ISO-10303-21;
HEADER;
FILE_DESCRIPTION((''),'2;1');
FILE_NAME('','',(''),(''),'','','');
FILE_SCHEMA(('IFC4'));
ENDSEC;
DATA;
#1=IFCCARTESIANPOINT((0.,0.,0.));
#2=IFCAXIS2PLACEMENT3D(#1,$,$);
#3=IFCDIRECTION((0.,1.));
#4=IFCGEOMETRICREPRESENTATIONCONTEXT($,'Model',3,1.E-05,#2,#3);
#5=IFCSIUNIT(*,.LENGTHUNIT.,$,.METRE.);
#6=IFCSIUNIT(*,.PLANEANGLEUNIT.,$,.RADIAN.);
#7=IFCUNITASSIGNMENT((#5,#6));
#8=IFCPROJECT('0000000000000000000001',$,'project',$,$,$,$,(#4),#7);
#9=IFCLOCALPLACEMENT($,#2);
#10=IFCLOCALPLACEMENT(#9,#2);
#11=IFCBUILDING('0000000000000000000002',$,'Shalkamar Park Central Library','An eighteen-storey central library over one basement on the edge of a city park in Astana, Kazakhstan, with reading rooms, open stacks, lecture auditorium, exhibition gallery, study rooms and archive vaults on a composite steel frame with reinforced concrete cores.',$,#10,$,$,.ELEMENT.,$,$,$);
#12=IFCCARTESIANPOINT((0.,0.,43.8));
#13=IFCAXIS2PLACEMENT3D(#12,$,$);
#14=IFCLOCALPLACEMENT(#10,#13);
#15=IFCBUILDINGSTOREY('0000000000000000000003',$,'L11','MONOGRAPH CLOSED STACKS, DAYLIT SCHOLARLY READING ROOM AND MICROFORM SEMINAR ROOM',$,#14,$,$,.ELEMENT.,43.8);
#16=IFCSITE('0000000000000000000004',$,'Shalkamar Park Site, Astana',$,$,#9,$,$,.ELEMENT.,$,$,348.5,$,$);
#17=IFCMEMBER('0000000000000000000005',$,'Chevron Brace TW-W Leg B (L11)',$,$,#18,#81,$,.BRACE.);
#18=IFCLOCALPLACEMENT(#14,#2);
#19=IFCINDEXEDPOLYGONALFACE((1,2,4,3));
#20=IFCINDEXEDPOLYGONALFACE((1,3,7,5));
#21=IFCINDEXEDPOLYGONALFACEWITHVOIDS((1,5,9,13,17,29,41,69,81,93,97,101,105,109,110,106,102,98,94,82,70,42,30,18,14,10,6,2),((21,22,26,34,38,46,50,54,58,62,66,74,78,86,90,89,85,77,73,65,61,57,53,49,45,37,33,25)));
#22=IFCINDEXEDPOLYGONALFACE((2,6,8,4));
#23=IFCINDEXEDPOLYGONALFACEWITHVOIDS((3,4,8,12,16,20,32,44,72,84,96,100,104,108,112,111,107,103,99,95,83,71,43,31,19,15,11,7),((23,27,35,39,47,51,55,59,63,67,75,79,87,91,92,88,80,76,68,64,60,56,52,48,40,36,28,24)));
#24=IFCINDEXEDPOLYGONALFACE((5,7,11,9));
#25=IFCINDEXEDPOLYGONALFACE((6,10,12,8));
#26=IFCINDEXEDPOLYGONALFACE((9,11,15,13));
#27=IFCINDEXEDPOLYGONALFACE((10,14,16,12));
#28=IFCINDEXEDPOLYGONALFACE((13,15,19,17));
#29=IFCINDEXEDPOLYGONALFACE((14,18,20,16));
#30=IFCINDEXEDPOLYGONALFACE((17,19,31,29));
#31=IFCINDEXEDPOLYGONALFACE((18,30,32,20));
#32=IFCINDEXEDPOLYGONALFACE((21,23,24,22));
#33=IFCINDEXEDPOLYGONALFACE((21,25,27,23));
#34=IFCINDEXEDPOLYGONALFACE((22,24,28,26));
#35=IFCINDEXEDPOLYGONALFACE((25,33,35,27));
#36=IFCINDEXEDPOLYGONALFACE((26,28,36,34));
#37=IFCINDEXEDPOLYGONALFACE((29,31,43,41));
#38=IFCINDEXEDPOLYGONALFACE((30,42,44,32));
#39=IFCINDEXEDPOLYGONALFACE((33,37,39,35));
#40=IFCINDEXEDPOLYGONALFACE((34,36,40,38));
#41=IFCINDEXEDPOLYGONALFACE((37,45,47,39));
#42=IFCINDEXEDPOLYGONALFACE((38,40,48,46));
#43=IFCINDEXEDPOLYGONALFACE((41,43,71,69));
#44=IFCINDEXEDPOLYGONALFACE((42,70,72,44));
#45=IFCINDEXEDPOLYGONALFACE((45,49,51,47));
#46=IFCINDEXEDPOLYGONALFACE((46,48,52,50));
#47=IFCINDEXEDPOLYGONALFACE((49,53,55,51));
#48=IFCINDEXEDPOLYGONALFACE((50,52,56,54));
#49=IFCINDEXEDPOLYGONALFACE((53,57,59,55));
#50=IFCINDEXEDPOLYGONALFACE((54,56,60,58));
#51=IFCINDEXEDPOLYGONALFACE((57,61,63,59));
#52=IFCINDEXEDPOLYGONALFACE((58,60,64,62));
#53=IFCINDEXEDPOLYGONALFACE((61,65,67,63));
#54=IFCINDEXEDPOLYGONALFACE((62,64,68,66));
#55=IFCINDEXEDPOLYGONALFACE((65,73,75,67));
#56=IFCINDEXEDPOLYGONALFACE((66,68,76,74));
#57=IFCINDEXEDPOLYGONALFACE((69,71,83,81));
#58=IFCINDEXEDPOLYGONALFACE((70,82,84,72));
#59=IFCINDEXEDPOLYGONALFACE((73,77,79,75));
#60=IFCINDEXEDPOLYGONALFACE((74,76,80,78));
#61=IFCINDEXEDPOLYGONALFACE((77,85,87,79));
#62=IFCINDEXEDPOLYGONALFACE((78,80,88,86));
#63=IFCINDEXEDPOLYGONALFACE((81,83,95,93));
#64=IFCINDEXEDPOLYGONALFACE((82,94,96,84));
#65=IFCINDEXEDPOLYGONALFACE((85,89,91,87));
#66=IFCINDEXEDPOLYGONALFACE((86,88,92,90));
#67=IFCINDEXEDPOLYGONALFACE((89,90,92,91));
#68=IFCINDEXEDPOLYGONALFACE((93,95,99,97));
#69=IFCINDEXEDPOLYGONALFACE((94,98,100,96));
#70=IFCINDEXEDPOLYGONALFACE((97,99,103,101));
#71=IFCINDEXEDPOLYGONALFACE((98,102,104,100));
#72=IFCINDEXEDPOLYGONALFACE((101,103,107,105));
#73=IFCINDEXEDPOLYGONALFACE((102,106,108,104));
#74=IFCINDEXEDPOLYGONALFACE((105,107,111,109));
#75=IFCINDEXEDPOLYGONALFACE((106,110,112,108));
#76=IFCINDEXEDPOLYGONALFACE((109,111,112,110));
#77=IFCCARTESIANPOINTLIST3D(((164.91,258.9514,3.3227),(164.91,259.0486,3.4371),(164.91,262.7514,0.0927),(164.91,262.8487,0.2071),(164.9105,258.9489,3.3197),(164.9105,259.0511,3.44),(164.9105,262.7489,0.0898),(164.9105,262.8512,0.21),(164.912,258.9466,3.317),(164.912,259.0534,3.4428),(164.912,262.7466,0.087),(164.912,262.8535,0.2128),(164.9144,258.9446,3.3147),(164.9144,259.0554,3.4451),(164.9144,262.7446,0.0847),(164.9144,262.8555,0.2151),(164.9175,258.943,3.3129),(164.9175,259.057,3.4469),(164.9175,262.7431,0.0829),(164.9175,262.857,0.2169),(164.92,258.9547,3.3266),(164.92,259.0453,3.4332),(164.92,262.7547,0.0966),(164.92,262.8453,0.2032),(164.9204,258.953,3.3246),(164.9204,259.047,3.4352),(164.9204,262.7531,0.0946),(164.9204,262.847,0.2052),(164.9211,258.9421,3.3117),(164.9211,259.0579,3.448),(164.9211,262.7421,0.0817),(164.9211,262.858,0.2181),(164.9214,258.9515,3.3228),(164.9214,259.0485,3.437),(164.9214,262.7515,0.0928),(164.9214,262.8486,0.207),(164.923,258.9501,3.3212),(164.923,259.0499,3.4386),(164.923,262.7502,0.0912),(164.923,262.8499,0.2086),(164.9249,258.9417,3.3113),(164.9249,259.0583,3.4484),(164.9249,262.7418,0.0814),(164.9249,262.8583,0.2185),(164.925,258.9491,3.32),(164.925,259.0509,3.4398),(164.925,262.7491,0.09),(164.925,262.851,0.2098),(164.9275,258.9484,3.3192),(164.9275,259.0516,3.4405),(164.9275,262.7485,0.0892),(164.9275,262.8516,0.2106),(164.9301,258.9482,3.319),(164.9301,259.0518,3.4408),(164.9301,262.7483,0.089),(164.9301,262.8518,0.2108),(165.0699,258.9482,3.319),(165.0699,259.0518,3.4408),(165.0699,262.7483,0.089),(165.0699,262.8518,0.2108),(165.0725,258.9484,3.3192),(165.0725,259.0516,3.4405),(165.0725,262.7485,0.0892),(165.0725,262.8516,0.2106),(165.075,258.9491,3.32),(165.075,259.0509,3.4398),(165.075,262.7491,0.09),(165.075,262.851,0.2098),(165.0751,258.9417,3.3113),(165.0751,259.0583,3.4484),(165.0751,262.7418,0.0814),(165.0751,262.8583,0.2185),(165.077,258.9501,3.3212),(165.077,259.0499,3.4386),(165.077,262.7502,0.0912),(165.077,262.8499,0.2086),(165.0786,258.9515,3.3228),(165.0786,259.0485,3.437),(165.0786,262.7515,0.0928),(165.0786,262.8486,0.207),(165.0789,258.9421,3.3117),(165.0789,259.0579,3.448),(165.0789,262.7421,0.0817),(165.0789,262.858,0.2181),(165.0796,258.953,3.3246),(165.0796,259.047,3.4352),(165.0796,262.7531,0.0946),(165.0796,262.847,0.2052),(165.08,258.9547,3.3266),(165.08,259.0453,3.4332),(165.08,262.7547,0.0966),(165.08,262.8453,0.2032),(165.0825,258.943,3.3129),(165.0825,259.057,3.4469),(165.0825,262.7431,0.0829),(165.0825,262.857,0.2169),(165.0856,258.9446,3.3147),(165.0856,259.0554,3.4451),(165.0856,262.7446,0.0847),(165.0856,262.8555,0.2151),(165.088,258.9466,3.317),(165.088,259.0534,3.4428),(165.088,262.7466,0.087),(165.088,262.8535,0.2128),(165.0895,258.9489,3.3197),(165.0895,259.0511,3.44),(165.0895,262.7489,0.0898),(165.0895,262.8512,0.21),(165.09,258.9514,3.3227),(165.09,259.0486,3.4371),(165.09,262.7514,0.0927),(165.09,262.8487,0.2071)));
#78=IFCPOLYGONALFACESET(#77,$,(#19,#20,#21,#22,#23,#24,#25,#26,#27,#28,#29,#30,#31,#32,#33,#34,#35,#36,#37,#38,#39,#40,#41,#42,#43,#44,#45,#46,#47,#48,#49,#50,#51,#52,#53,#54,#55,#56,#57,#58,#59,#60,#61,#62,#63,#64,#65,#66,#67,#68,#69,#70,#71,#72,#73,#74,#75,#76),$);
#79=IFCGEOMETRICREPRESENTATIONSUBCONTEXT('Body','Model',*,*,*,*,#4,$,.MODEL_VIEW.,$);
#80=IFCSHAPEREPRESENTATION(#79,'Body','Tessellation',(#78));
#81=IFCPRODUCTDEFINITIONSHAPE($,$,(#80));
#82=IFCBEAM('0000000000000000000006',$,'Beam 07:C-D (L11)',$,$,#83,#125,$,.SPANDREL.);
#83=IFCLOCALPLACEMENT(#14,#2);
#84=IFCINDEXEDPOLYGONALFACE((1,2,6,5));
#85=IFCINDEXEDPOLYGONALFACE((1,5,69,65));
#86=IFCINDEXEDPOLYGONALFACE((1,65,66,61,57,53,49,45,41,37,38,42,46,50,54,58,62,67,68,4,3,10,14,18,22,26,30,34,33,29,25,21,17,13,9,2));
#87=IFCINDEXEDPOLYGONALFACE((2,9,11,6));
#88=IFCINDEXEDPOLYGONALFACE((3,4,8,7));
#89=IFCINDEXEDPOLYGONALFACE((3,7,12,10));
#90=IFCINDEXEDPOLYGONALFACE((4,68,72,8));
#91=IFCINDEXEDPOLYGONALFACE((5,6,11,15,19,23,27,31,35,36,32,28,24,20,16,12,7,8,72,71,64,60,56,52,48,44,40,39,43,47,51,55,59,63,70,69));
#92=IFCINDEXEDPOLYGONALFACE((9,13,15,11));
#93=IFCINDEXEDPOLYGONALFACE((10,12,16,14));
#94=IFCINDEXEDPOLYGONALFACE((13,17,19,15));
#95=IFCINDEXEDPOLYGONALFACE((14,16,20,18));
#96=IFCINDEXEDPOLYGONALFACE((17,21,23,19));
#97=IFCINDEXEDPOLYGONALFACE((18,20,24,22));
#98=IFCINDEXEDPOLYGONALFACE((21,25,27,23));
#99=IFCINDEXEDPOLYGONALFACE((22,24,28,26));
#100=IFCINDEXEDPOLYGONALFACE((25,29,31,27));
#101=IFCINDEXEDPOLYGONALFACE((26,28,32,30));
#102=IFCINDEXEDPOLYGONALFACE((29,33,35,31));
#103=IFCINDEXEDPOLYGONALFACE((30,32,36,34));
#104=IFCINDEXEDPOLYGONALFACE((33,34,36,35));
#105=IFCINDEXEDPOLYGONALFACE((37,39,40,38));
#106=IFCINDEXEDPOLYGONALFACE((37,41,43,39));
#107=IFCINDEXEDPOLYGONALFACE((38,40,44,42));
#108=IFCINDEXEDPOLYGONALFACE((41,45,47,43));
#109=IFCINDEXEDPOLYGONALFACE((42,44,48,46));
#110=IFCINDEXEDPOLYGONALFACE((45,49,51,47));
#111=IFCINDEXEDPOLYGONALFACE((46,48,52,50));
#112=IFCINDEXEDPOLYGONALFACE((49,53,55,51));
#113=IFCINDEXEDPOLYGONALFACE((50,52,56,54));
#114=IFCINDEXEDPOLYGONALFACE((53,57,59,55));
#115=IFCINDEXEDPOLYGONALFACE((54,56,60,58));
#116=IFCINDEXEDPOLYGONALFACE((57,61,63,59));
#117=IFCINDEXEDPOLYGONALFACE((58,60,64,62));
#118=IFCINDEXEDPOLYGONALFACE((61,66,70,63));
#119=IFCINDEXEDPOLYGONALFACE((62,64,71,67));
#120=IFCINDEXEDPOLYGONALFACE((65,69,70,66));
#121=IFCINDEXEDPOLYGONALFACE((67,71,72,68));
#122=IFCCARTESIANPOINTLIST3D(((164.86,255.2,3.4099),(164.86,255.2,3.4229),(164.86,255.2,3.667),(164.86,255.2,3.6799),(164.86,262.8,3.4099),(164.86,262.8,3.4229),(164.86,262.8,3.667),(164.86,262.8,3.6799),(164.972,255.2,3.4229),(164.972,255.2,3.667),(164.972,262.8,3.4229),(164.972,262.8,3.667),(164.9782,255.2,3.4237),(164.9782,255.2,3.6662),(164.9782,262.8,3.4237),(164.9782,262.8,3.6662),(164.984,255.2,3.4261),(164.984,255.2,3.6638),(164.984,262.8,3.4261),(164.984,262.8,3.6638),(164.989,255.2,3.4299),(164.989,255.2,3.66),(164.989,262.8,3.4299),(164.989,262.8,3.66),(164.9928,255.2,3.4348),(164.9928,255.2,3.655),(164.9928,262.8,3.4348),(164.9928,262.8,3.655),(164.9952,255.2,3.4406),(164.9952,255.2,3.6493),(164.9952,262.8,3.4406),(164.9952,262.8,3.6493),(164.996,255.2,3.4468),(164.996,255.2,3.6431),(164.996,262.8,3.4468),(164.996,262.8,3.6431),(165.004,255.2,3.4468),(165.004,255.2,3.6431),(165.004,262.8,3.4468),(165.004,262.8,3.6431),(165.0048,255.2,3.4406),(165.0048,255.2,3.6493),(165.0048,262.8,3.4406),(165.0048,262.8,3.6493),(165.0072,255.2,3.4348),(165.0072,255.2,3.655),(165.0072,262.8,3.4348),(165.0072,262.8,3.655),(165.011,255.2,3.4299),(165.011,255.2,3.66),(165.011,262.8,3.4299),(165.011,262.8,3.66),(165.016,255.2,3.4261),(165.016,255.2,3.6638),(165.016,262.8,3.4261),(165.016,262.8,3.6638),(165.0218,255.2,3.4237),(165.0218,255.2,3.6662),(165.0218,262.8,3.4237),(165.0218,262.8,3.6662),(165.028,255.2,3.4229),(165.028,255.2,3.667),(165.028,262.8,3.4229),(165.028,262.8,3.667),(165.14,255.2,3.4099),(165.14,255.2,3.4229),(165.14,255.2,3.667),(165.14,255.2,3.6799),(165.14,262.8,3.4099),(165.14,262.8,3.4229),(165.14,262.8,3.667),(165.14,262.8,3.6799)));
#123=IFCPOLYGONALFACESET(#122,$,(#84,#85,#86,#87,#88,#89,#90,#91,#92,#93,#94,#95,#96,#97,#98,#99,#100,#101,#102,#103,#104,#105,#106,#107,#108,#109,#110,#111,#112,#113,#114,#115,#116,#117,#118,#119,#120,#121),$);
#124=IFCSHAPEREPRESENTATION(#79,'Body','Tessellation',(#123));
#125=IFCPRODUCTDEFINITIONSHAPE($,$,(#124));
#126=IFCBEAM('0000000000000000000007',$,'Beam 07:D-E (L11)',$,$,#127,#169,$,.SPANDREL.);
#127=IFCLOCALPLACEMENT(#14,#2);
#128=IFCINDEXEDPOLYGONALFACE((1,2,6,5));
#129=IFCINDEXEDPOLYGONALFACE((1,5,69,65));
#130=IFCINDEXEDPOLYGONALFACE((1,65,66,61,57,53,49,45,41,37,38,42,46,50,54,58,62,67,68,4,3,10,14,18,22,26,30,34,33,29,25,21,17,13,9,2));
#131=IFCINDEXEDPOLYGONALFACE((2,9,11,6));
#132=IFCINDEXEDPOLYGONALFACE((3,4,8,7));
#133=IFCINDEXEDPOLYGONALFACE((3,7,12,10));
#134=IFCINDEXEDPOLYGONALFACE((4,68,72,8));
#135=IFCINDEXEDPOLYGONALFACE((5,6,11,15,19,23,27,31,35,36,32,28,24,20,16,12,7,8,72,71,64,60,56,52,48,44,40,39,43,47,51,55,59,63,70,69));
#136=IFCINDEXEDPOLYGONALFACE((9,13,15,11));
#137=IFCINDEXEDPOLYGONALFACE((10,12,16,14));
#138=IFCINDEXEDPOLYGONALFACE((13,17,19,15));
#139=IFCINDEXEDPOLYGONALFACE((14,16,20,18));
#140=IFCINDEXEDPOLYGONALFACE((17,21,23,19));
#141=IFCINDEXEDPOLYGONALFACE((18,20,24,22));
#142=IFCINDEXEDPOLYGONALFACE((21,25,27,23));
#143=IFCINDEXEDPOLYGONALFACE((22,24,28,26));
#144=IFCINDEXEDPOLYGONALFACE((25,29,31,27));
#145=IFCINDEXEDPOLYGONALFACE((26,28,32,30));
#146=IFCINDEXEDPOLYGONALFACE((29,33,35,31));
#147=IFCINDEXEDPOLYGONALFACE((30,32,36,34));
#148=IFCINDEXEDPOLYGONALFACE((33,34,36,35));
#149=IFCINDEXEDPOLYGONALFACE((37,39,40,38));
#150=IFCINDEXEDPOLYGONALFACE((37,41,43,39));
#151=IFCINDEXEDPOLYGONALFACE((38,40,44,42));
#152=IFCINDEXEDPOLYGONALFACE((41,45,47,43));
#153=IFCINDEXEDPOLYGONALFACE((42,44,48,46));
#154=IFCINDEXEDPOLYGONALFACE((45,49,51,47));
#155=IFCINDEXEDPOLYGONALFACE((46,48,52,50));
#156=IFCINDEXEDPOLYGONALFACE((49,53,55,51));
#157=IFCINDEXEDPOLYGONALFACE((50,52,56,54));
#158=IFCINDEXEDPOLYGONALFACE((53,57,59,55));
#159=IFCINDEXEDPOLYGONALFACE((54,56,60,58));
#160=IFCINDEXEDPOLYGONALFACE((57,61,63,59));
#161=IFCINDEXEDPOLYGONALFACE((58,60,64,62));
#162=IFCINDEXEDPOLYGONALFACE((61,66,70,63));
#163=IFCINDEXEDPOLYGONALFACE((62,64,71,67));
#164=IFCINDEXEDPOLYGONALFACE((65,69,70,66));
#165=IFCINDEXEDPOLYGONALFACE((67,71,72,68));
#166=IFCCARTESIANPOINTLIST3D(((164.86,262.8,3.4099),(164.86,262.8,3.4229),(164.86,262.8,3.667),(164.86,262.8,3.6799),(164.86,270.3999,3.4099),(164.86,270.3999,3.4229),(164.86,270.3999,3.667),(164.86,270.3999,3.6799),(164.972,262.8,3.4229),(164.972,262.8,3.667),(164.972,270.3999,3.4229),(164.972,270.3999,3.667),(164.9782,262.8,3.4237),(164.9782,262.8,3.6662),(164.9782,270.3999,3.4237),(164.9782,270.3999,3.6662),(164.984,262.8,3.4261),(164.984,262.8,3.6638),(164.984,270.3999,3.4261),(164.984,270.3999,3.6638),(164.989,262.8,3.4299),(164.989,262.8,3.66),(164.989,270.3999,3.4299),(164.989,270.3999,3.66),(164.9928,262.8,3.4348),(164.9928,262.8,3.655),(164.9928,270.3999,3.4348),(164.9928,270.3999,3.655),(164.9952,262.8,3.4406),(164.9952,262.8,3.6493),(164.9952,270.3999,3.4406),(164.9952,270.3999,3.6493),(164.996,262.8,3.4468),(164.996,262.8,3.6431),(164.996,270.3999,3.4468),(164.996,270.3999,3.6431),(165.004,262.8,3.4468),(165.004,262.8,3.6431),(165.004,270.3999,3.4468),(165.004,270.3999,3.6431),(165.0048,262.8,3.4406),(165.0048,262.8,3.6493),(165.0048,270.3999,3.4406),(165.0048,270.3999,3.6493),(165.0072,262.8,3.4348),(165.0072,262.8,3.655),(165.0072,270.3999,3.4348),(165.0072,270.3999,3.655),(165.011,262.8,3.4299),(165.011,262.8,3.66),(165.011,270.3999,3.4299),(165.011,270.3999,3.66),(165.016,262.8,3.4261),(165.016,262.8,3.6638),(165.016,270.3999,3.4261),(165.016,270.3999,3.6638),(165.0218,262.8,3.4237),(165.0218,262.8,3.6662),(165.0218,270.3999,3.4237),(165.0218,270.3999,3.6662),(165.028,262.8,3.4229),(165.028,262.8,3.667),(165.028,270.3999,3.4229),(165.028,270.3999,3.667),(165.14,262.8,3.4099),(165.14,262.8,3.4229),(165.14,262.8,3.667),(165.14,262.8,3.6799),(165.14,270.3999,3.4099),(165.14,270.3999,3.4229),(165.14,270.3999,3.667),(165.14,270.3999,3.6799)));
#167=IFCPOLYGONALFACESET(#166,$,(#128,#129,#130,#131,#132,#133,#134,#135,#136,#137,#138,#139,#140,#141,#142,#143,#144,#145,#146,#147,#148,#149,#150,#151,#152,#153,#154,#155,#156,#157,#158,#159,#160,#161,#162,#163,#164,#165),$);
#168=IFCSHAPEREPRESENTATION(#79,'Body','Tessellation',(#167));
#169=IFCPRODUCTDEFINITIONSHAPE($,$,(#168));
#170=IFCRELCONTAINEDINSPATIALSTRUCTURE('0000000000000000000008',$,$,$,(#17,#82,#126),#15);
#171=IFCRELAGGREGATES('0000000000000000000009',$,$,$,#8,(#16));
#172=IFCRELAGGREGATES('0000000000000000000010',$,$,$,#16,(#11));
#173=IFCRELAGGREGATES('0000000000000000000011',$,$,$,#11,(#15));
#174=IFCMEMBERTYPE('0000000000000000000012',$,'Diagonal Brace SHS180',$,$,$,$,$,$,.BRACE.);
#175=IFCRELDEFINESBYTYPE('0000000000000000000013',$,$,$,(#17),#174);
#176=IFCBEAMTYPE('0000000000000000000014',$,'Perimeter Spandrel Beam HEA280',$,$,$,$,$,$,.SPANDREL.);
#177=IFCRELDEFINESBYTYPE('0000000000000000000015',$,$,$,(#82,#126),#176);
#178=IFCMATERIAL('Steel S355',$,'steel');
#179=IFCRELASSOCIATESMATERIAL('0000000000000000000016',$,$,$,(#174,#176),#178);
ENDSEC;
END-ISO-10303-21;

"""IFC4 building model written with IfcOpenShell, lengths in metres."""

from ifc_helpers import new_model, si_unit, direction, frame, origin, origin_2d, place, context, subcontext, project, spatial, hollow_rectangle, i_section, extrude, material, material_profile, profile_set, type_object, element, save


model = new_model("IFC4")

# Units and contexts
model_context = context("Model", 3, precision=1e-05, world=origin(), true_north=direction((0.0, 1.0)))
body_context = subcontext(model_context, "Body", "Model", "MODEL_VIEW")
ifc_project = project(units=[si_unit("LENGTHUNIT", "METRE"), si_unit("PLANEANGLEUNIT", "RADIAN")], contexts=[model_context])

# Site, building, storey
site_placement = place(None, origin())
site = spatial("IfcSite", under=ifc_project, at=site_placement, Name="Shalkamar Park Site, Astana", CompositionType="ELEMENT", RefElevation=348.5)
building_placement = place(site_placement, origin())
building = spatial("IfcBuilding", under=site, at=building_placement, Name="Shalkamar Park Central Library", Description="An eighteen-storey central library over one basement on the edge of a city park in Astana, Kazakhstan, with reading rooms, open stacks, lecture auditorium, exhibition gallery, study rooms and archive vaults on a composite steel frame with reinforced concrete cores.", CompositionType="ELEMENT")
storey_placement = place(building_placement, frame((0.0, 0.0, 43.8)))
storey = spatial("IfcBuildingStorey", under=building, at=storey_placement, Name="L11", Description="MONOGRAPH CLOSED STACKS, DAYLIT SCHOLARLY READING ROOM AND MICROFORM SEMINAR ROOM", CompositionType="ELEMENT", Elevation=43.8)

# Shared definitions
ifc_material_1 = material(Name="Steel S355", Category="steel")

# Member
ifc_material_profile_1 = material_profile(ifc_material_1, hollow_rectangle(XDim=0.1799, YDim=0.1799, WallThickness=0.01, InnerFilletRadius=0.01, OuterFilletRadius=0.0149, at=origin_2d()), Name="SHS 180x180x10")
ifc_profile_set_1 = profile_set([ifc_material_profile_1], Name="Steel S355")
member_type = type_object("IfcMemberType", Name="Diagonal Brace SHS180", PredefinedType="BRACE", material=ifc_profile_set_1)
for number, where, z_axis, x_axis, name in (
    (1, (165.0, 262.8, 0.1499), (0.0, -0.761945, 0.647641), (1.0, 0.0, 0.0), "Chevron Brace TW-W Leg B (L11)"),
):
    element("IfcMember", number, at=place(storey_placement, frame(where, z_axis=z_axis, x_axis=x_axis)), inside=storey, type_object=member_type, Name=name, PredefinedType="BRACE", context=body_context, shape_type="SweptSolid", body=[
        extrude(hollow_rectangle(XDim=0.1799, YDim=0.1799, WallThickness=0.01, InnerFilletRadius=0.01, OuterFilletRadius=0.0149, at=origin_2d()), origin(), (0.0, 0.0, 1.0), 4.9873),
    ])

# Beams
ifc_material_profile_2 = material_profile(ifc_material_1, i_section(OverallWidth=0.28, OverallDepth=0.27, WebThickness=0.0081, FlangeThickness=0.0129, FilletRadius=0.0239, at=origin_2d()), Name="HEA 280")
ifc_profile_set_2 = profile_set([ifc_material_profile_2], Name="Steel S355")
beam_type_1 = type_object("IfcBeamType", Name="Perimeter Spandrel Beam HEA280", PredefinedType="SPANDREL", material=ifc_profile_set_2)
beam_1_placement = place(storey_placement, frame((165.0, 255.2, 3.5449), z_axis=(0.0, 1.0, 0.0), x_axis=(-1.0, 0.0, 0.0)))
element("IfcBeam", 2, at=beam_1_placement, inside=storey, type_object=beam_type_1, Name="Beam 07:C-D (L11)", PredefinedType="SPANDREL", context=body_context, shape_type="SweptSolid", body=[
    extrude(i_section(OverallWidth=0.28, OverallDepth=0.27, WebThickness=0.0081, FlangeThickness=0.0129, FilletRadius=0.0239, at=origin_2d()), origin(), (0.0, 0.0, 1.0), 7.6001),
])
beam_2_placement = place(storey_placement, frame((165.0, 262.8, 3.5449), z_axis=(0.0, 1.0, 0.0), x_axis=(-1.0, 0.0, 0.0)))
element("IfcBeam", 3, at=beam_2_placement, inside=storey, type_object=beam_type_1, Name="Beam 07:D-E (L11)", PredefinedType="SPANDREL", context=body_context, shape_type="SweptSolid", body=[
    extrude(i_section(OverallWidth=0.28, OverallDepth=0.27, WebThickness=0.0081, FlangeThickness=0.0129, FilletRadius=0.0239, at=origin_2d()), origin(), (0.0, 0.0, 1.0), 7.5999),
])

save(model, "model.ifc")
